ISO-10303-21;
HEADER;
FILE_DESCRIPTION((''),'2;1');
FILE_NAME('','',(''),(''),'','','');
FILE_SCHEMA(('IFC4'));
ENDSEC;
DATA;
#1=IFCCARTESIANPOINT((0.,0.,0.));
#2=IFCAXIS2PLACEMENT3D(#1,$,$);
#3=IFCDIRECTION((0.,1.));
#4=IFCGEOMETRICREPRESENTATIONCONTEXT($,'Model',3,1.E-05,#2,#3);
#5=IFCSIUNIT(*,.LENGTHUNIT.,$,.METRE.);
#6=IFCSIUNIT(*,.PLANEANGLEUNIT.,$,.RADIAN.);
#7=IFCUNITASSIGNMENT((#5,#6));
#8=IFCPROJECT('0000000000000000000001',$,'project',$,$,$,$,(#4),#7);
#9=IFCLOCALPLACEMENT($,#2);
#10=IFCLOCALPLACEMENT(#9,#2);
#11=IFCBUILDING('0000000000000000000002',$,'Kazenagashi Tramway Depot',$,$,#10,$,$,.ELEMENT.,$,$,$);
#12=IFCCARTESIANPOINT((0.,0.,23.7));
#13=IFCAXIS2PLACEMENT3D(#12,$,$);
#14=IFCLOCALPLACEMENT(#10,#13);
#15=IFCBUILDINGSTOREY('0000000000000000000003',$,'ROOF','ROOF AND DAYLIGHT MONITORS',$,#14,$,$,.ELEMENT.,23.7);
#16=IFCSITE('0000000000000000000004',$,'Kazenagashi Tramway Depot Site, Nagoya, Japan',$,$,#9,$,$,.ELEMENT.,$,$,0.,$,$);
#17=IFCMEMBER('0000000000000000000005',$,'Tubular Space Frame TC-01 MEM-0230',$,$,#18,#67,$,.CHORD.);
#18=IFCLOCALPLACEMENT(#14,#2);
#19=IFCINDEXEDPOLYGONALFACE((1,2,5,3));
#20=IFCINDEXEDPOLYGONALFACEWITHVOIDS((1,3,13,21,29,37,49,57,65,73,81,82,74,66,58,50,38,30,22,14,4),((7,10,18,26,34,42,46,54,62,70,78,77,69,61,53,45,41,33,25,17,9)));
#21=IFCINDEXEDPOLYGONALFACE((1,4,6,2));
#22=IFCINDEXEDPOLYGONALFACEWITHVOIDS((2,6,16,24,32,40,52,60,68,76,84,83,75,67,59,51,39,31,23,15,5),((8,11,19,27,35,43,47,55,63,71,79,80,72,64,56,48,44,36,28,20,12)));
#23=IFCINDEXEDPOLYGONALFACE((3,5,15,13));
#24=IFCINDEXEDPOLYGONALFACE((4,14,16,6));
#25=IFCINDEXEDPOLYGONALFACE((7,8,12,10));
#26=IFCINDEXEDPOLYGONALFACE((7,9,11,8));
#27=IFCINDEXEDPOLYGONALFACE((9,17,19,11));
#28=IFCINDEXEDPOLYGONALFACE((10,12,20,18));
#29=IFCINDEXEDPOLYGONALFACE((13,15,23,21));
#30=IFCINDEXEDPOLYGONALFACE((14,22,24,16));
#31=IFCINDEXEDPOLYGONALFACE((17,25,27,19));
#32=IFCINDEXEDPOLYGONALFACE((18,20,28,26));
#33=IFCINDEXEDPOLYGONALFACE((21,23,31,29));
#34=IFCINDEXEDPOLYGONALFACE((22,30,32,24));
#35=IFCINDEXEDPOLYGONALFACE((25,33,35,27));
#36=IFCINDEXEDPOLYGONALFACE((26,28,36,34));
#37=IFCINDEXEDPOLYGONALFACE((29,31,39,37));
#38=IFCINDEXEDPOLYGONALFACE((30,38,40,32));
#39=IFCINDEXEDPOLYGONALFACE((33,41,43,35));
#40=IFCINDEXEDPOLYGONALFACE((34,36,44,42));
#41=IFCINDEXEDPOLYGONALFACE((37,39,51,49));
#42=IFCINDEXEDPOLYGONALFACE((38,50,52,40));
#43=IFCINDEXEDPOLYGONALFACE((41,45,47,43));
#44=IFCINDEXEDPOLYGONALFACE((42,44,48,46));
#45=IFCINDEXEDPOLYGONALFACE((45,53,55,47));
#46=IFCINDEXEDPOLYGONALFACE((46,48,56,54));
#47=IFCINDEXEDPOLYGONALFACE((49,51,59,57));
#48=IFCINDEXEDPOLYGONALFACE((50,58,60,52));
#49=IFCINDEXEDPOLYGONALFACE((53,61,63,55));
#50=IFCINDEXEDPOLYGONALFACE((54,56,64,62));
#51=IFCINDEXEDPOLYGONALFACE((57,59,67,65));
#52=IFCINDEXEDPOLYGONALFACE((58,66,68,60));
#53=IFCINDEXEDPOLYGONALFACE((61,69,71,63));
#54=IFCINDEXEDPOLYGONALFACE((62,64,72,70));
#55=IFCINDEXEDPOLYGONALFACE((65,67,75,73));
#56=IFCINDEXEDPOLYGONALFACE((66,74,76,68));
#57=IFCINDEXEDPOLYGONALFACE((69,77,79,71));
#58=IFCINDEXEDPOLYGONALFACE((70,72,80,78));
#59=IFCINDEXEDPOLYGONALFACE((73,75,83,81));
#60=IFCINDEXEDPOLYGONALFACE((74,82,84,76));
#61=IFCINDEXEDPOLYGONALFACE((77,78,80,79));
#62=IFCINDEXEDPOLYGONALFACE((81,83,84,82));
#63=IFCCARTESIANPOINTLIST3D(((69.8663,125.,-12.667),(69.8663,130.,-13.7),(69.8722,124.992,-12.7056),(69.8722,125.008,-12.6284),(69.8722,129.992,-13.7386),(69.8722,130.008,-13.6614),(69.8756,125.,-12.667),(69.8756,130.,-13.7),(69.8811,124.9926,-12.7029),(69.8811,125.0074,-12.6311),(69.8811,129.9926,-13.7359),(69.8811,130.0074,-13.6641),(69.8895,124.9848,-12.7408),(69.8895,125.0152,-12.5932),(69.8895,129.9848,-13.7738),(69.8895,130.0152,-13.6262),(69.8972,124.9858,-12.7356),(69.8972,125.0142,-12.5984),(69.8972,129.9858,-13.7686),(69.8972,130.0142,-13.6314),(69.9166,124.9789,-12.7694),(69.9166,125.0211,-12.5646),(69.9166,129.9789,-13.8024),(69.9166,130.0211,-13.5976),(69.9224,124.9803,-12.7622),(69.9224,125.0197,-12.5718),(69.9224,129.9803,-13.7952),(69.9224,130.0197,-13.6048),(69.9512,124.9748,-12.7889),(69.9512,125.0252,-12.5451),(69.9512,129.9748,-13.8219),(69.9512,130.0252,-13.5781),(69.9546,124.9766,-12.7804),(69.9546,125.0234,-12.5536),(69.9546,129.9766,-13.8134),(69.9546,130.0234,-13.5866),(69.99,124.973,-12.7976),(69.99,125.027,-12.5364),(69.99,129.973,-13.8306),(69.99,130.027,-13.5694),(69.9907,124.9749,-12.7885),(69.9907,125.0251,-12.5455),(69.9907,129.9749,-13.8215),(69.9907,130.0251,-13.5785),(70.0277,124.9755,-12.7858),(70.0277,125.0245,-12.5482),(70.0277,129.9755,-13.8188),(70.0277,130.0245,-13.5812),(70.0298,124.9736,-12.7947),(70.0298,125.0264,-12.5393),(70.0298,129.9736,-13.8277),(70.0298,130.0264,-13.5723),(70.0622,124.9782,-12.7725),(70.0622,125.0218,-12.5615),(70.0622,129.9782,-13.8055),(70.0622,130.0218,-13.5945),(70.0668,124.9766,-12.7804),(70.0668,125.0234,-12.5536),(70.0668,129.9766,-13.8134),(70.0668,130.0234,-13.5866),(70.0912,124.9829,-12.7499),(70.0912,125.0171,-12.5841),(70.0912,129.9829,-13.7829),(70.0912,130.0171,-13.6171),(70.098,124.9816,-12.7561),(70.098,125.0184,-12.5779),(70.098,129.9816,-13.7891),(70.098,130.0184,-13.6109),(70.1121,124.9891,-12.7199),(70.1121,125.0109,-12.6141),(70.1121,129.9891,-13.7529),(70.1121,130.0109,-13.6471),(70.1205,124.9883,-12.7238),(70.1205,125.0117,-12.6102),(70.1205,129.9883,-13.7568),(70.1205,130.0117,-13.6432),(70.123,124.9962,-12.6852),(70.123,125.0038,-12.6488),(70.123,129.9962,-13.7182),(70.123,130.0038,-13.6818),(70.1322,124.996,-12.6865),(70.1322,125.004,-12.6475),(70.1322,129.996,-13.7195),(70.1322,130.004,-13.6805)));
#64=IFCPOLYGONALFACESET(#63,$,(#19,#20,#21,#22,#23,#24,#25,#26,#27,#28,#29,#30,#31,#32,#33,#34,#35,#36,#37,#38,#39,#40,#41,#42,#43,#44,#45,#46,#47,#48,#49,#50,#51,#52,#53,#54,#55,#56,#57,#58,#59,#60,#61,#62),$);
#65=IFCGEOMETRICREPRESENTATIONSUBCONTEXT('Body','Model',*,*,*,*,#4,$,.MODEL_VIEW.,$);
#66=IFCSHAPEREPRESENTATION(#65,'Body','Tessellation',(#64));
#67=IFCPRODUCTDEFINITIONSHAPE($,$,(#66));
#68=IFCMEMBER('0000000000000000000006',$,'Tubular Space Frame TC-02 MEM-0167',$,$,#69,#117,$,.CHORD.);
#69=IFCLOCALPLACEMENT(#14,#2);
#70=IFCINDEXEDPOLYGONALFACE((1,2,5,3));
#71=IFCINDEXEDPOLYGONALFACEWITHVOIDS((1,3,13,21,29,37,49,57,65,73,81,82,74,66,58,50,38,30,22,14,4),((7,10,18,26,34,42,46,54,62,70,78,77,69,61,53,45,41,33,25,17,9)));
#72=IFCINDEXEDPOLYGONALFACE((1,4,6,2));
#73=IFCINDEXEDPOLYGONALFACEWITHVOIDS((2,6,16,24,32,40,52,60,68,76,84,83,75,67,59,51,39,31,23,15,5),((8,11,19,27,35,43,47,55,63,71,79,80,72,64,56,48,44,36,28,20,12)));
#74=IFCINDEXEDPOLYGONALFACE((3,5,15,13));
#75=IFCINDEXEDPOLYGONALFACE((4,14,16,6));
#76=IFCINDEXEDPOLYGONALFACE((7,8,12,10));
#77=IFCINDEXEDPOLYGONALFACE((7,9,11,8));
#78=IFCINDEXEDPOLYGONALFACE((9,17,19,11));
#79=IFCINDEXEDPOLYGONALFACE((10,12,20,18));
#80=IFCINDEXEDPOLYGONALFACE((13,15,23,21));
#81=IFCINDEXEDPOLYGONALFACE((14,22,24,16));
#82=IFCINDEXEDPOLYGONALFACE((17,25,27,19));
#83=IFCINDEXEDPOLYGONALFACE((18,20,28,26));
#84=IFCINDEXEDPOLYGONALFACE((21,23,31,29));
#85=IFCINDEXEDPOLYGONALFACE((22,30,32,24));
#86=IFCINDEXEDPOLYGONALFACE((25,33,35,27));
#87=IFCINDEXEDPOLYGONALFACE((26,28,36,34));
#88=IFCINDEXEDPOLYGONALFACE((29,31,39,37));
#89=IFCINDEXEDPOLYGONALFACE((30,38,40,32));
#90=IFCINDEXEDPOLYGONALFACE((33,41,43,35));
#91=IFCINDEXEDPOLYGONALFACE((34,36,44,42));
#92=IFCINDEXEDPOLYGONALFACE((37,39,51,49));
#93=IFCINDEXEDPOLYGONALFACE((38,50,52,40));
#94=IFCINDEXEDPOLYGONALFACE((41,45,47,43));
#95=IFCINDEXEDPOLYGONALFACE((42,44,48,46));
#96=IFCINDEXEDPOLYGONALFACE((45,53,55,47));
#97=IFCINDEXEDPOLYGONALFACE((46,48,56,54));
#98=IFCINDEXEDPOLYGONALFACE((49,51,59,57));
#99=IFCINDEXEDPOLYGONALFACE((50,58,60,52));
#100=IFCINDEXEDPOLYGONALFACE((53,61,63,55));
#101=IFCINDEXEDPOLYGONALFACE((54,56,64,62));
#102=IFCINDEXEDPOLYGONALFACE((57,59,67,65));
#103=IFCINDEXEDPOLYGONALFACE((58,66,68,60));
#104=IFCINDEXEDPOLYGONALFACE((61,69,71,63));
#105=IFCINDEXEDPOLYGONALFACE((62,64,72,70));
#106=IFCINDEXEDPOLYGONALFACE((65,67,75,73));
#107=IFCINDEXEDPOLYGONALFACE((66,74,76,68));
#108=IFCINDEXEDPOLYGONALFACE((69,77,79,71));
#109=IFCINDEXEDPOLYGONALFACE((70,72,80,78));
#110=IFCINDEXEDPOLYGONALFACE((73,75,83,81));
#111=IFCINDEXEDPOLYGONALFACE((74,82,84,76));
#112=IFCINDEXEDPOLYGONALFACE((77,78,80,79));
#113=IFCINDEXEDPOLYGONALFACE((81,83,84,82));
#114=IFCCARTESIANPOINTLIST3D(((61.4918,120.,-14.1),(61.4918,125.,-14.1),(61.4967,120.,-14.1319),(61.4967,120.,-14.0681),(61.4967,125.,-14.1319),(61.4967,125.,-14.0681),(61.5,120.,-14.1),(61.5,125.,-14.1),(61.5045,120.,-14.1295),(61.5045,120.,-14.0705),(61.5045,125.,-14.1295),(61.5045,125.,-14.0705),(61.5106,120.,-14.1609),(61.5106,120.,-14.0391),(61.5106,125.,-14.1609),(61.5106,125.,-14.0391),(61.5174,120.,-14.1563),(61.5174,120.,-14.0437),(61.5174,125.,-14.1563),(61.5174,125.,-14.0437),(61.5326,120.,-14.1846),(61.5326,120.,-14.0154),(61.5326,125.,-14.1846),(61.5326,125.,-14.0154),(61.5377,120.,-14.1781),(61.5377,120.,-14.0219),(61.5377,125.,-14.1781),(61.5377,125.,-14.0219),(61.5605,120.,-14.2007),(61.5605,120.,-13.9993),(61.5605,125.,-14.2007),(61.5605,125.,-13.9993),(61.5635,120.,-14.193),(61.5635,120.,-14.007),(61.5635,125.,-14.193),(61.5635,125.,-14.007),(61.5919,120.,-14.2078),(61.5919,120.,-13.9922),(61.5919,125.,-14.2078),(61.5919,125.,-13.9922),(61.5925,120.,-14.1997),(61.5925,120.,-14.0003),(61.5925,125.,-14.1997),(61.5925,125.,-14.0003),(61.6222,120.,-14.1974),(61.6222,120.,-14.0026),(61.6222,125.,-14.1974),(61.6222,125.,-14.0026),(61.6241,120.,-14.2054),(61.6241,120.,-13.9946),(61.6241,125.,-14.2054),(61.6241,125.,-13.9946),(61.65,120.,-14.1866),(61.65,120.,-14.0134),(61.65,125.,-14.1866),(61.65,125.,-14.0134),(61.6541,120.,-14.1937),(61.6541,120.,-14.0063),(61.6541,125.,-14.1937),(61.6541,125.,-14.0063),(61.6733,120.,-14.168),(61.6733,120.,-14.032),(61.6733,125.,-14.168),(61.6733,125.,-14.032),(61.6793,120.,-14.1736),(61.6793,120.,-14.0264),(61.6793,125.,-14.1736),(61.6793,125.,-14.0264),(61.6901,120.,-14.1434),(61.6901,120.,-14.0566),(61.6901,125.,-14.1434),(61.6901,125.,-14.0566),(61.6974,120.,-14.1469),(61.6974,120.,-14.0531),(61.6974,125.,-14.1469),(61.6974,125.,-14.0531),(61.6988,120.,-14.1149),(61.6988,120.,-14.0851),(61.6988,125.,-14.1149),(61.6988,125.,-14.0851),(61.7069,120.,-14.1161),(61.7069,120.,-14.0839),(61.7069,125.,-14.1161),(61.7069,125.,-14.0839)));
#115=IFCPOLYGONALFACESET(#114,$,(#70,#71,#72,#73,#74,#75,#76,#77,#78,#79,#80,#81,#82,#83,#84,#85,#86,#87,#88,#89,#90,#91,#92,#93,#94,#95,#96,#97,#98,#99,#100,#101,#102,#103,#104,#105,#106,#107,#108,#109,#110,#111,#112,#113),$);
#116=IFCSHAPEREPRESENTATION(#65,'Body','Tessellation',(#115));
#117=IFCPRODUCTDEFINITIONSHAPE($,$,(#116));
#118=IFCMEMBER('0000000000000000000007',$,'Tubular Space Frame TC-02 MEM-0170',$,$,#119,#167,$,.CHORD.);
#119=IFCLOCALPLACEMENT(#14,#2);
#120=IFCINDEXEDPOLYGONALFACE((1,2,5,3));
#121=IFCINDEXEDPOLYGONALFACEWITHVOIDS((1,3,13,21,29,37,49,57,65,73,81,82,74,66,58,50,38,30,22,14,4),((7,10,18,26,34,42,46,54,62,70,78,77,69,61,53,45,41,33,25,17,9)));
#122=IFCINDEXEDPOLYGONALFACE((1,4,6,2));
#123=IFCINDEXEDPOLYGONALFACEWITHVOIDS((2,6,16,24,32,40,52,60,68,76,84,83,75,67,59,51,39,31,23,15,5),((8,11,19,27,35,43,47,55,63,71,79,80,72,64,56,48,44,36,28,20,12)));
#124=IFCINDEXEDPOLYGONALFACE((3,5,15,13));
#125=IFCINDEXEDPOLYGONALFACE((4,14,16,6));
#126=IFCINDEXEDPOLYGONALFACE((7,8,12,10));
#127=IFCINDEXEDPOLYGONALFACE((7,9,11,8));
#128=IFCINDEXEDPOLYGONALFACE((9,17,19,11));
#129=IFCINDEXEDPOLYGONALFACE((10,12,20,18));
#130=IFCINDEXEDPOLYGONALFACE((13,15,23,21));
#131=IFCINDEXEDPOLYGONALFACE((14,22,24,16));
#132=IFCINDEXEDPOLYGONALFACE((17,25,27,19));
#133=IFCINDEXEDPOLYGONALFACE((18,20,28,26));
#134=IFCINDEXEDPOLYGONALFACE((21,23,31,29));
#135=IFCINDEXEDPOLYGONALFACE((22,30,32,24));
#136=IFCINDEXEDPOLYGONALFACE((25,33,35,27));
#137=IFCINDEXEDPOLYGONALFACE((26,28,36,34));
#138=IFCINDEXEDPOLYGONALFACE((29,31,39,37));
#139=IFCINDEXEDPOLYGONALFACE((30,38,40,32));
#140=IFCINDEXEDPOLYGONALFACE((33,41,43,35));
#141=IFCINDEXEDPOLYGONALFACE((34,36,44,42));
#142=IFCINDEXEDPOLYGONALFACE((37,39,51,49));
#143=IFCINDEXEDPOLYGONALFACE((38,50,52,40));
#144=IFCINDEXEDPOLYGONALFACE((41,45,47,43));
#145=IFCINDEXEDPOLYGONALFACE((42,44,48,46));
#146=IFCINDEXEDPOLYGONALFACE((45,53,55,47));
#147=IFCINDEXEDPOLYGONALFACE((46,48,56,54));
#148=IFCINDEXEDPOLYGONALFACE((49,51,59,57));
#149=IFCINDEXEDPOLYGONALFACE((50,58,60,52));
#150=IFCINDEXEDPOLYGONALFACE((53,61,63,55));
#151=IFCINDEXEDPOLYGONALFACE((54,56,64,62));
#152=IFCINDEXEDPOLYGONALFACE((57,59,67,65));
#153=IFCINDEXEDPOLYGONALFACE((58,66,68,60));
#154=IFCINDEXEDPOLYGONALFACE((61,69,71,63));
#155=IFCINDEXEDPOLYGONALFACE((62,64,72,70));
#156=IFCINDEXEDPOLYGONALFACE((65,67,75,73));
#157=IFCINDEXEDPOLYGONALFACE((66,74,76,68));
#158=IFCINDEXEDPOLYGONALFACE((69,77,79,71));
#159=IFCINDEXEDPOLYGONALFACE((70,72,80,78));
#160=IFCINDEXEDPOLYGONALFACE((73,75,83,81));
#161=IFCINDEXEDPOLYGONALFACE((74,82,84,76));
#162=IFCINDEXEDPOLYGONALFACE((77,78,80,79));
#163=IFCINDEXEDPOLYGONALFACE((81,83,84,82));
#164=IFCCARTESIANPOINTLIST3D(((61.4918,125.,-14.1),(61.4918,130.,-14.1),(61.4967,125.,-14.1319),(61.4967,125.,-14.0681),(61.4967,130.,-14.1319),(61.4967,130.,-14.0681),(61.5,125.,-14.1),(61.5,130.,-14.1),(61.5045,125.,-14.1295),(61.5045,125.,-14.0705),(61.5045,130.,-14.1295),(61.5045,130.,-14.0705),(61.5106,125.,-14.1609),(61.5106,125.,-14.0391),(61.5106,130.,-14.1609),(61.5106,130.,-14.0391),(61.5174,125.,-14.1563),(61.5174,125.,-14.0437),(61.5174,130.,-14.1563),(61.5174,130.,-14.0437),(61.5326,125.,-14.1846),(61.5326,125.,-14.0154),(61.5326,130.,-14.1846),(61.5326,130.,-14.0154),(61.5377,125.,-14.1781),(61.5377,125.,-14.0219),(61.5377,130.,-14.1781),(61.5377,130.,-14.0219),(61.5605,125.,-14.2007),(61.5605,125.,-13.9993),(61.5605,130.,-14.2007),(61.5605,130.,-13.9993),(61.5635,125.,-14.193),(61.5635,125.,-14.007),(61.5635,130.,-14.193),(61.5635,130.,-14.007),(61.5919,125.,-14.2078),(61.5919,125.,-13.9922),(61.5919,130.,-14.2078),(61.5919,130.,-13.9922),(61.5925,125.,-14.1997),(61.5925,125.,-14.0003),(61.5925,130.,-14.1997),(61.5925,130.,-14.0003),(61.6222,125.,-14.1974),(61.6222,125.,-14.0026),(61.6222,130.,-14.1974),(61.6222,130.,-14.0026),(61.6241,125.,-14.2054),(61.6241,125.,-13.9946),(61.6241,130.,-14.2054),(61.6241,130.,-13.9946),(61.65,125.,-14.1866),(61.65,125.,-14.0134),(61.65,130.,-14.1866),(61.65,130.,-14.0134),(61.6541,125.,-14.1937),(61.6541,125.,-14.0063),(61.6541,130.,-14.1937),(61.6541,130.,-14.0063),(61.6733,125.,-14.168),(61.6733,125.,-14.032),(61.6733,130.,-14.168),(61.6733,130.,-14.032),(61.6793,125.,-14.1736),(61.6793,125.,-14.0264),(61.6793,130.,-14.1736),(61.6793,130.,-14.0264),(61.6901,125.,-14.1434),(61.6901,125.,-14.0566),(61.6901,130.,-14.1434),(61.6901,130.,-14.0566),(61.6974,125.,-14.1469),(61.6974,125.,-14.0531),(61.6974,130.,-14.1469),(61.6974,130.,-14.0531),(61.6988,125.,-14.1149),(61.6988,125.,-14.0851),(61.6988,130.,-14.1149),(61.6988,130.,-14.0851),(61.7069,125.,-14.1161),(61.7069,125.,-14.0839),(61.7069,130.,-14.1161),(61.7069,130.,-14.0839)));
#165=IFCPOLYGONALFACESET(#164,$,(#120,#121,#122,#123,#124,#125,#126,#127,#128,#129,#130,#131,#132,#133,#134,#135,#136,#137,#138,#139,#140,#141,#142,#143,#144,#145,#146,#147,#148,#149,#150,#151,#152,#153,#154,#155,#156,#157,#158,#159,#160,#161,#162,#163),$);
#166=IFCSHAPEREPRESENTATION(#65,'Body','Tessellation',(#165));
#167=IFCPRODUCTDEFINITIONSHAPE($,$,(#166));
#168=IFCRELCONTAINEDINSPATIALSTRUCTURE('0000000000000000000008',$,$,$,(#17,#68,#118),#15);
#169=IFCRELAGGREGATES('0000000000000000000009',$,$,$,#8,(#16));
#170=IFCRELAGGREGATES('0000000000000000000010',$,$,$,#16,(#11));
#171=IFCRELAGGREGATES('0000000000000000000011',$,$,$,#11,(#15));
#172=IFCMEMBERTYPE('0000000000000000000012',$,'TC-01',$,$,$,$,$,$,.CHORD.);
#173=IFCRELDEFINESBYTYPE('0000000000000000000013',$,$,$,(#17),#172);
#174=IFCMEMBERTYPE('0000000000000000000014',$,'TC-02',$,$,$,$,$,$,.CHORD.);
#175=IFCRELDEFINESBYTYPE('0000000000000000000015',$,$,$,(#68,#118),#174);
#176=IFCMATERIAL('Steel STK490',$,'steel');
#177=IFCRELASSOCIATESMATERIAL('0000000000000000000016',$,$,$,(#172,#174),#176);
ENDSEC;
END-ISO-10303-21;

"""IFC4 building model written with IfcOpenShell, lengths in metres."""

from ifc_helpers import new_model, si_unit, direction, frame, origin, origin_2d, place, context, subcontext, project, spatial, hollow_circle, extrude, material, material_profile, profile_set, type_object, element, save


model = new_model("IFC4")

# Units and contexts
model_context = context("Model", 3, precision=1e-05, world=origin(), true_north=direction((0.0, 1.0)))
body_context = subcontext(model_context, "Body", "Model", "MODEL_VIEW")
ifc_project = project(units=[si_unit("LENGTHUNIT", "METRE"), si_unit("PLANEANGLEUNIT", "RADIAN")], contexts=[model_context])

# Site, building, storey
site_placement = place(None, origin())
site = spatial("IfcSite", under=ifc_project, at=site_placement, Name="Kazenagashi Tramway Depot Site, Nagoya, Japan", CompositionType="ELEMENT", RefElevation=0.0)
building_placement = place(site_placement, origin())
building = spatial("IfcBuilding", under=site, at=building_placement, Name="Kazenagashi Tramway Depot", CompositionType="ELEMENT")
storey_placement = place(building_placement, frame((0.0, 0.0, 23.7)))
storey = spatial("IfcBuildingStorey", under=building, at=storey_placement, Name="ROOF", Description="ROOF AND DAYLIGHT MONITORS", CompositionType="ELEMENT", Elevation=23.7)

# Members
ifc_material_1 = material(Name="Steel STK490", Category="steel")
ifc_material_profile_1 = material_profile(ifc_material_1, hollow_circle(Radius=0.1337, WallThickness=0.0093, at=origin_2d()), Name="CHS-267.4x9.3")
ifc_profile_set_1 = profile_set([ifc_material_profile_1], Name="Steel STK490")
member_type_1 = type_object("IfcMemberType", Name="TC-01", PredefinedType="CHORD", material=ifc_profile_set_1)
member_1_placement = place(storey_placement, frame((70.0, 125.0, -12.667), z_axis=(0.0, 0.979318, -0.202327), x_axis=(-1.0, 0.0, 0.0)))
element("IfcMember", 1, at=member_1_placement, inside=storey, type_object=member_type_1, Name="Tubular Space Frame TC-01 MEM-0230", PredefinedType="CHORD", context=body_context, shape_type="SweptSolid", body=[
    extrude(hollow_circle(Radius=0.1337, WallThickness=0.0093, at=origin_2d()), origin(), (0.0, 0.0, 1.0), 5.1056),
])
ifc_material_profile_2 = material_profile(ifc_material_1, hollow_circle(Radius=0.1081, WallThickness=0.0082, at=origin_2d()), Name="CHS-216.3x8.2")
ifc_profile_set_2 = profile_set([ifc_material_profile_2], Name="Steel STK490")
member_type_2 = type_object("IfcMemberType", Name="TC-02", PredefinedType="CHORD", material=ifc_profile_set_2)
for number, where, z_axis, x_axis, name in (
    (2, (61.6, 120.0, -14.1), (0.0, 1.0, 0.0), (-1.0, 0.0, 0.0), "Tubular Space Frame TC-02 MEM-0167"),
    (3, (61.6, 125.0, -14.1), (0.0, 1.0, 0.0), (-1.0, 0.0, 0.0), "Tubular Space Frame TC-02 MEM-0170"),
):
    element("IfcMember", number, at=place(storey_placement, frame(where, z_axis=z_axis, x_axis=x_axis)), inside=storey, type_object=member_type_2, Name=name, PredefinedType="CHORD", context=body_context, shape_type="SweptSolid", body=[
        extrude(hollow_circle(Radius=0.1081, WallThickness=0.0082, at=origin_2d()), origin(), (0.0, 0.0, 1.0), 5.0),
    ])

save(model, "model.ifc")
